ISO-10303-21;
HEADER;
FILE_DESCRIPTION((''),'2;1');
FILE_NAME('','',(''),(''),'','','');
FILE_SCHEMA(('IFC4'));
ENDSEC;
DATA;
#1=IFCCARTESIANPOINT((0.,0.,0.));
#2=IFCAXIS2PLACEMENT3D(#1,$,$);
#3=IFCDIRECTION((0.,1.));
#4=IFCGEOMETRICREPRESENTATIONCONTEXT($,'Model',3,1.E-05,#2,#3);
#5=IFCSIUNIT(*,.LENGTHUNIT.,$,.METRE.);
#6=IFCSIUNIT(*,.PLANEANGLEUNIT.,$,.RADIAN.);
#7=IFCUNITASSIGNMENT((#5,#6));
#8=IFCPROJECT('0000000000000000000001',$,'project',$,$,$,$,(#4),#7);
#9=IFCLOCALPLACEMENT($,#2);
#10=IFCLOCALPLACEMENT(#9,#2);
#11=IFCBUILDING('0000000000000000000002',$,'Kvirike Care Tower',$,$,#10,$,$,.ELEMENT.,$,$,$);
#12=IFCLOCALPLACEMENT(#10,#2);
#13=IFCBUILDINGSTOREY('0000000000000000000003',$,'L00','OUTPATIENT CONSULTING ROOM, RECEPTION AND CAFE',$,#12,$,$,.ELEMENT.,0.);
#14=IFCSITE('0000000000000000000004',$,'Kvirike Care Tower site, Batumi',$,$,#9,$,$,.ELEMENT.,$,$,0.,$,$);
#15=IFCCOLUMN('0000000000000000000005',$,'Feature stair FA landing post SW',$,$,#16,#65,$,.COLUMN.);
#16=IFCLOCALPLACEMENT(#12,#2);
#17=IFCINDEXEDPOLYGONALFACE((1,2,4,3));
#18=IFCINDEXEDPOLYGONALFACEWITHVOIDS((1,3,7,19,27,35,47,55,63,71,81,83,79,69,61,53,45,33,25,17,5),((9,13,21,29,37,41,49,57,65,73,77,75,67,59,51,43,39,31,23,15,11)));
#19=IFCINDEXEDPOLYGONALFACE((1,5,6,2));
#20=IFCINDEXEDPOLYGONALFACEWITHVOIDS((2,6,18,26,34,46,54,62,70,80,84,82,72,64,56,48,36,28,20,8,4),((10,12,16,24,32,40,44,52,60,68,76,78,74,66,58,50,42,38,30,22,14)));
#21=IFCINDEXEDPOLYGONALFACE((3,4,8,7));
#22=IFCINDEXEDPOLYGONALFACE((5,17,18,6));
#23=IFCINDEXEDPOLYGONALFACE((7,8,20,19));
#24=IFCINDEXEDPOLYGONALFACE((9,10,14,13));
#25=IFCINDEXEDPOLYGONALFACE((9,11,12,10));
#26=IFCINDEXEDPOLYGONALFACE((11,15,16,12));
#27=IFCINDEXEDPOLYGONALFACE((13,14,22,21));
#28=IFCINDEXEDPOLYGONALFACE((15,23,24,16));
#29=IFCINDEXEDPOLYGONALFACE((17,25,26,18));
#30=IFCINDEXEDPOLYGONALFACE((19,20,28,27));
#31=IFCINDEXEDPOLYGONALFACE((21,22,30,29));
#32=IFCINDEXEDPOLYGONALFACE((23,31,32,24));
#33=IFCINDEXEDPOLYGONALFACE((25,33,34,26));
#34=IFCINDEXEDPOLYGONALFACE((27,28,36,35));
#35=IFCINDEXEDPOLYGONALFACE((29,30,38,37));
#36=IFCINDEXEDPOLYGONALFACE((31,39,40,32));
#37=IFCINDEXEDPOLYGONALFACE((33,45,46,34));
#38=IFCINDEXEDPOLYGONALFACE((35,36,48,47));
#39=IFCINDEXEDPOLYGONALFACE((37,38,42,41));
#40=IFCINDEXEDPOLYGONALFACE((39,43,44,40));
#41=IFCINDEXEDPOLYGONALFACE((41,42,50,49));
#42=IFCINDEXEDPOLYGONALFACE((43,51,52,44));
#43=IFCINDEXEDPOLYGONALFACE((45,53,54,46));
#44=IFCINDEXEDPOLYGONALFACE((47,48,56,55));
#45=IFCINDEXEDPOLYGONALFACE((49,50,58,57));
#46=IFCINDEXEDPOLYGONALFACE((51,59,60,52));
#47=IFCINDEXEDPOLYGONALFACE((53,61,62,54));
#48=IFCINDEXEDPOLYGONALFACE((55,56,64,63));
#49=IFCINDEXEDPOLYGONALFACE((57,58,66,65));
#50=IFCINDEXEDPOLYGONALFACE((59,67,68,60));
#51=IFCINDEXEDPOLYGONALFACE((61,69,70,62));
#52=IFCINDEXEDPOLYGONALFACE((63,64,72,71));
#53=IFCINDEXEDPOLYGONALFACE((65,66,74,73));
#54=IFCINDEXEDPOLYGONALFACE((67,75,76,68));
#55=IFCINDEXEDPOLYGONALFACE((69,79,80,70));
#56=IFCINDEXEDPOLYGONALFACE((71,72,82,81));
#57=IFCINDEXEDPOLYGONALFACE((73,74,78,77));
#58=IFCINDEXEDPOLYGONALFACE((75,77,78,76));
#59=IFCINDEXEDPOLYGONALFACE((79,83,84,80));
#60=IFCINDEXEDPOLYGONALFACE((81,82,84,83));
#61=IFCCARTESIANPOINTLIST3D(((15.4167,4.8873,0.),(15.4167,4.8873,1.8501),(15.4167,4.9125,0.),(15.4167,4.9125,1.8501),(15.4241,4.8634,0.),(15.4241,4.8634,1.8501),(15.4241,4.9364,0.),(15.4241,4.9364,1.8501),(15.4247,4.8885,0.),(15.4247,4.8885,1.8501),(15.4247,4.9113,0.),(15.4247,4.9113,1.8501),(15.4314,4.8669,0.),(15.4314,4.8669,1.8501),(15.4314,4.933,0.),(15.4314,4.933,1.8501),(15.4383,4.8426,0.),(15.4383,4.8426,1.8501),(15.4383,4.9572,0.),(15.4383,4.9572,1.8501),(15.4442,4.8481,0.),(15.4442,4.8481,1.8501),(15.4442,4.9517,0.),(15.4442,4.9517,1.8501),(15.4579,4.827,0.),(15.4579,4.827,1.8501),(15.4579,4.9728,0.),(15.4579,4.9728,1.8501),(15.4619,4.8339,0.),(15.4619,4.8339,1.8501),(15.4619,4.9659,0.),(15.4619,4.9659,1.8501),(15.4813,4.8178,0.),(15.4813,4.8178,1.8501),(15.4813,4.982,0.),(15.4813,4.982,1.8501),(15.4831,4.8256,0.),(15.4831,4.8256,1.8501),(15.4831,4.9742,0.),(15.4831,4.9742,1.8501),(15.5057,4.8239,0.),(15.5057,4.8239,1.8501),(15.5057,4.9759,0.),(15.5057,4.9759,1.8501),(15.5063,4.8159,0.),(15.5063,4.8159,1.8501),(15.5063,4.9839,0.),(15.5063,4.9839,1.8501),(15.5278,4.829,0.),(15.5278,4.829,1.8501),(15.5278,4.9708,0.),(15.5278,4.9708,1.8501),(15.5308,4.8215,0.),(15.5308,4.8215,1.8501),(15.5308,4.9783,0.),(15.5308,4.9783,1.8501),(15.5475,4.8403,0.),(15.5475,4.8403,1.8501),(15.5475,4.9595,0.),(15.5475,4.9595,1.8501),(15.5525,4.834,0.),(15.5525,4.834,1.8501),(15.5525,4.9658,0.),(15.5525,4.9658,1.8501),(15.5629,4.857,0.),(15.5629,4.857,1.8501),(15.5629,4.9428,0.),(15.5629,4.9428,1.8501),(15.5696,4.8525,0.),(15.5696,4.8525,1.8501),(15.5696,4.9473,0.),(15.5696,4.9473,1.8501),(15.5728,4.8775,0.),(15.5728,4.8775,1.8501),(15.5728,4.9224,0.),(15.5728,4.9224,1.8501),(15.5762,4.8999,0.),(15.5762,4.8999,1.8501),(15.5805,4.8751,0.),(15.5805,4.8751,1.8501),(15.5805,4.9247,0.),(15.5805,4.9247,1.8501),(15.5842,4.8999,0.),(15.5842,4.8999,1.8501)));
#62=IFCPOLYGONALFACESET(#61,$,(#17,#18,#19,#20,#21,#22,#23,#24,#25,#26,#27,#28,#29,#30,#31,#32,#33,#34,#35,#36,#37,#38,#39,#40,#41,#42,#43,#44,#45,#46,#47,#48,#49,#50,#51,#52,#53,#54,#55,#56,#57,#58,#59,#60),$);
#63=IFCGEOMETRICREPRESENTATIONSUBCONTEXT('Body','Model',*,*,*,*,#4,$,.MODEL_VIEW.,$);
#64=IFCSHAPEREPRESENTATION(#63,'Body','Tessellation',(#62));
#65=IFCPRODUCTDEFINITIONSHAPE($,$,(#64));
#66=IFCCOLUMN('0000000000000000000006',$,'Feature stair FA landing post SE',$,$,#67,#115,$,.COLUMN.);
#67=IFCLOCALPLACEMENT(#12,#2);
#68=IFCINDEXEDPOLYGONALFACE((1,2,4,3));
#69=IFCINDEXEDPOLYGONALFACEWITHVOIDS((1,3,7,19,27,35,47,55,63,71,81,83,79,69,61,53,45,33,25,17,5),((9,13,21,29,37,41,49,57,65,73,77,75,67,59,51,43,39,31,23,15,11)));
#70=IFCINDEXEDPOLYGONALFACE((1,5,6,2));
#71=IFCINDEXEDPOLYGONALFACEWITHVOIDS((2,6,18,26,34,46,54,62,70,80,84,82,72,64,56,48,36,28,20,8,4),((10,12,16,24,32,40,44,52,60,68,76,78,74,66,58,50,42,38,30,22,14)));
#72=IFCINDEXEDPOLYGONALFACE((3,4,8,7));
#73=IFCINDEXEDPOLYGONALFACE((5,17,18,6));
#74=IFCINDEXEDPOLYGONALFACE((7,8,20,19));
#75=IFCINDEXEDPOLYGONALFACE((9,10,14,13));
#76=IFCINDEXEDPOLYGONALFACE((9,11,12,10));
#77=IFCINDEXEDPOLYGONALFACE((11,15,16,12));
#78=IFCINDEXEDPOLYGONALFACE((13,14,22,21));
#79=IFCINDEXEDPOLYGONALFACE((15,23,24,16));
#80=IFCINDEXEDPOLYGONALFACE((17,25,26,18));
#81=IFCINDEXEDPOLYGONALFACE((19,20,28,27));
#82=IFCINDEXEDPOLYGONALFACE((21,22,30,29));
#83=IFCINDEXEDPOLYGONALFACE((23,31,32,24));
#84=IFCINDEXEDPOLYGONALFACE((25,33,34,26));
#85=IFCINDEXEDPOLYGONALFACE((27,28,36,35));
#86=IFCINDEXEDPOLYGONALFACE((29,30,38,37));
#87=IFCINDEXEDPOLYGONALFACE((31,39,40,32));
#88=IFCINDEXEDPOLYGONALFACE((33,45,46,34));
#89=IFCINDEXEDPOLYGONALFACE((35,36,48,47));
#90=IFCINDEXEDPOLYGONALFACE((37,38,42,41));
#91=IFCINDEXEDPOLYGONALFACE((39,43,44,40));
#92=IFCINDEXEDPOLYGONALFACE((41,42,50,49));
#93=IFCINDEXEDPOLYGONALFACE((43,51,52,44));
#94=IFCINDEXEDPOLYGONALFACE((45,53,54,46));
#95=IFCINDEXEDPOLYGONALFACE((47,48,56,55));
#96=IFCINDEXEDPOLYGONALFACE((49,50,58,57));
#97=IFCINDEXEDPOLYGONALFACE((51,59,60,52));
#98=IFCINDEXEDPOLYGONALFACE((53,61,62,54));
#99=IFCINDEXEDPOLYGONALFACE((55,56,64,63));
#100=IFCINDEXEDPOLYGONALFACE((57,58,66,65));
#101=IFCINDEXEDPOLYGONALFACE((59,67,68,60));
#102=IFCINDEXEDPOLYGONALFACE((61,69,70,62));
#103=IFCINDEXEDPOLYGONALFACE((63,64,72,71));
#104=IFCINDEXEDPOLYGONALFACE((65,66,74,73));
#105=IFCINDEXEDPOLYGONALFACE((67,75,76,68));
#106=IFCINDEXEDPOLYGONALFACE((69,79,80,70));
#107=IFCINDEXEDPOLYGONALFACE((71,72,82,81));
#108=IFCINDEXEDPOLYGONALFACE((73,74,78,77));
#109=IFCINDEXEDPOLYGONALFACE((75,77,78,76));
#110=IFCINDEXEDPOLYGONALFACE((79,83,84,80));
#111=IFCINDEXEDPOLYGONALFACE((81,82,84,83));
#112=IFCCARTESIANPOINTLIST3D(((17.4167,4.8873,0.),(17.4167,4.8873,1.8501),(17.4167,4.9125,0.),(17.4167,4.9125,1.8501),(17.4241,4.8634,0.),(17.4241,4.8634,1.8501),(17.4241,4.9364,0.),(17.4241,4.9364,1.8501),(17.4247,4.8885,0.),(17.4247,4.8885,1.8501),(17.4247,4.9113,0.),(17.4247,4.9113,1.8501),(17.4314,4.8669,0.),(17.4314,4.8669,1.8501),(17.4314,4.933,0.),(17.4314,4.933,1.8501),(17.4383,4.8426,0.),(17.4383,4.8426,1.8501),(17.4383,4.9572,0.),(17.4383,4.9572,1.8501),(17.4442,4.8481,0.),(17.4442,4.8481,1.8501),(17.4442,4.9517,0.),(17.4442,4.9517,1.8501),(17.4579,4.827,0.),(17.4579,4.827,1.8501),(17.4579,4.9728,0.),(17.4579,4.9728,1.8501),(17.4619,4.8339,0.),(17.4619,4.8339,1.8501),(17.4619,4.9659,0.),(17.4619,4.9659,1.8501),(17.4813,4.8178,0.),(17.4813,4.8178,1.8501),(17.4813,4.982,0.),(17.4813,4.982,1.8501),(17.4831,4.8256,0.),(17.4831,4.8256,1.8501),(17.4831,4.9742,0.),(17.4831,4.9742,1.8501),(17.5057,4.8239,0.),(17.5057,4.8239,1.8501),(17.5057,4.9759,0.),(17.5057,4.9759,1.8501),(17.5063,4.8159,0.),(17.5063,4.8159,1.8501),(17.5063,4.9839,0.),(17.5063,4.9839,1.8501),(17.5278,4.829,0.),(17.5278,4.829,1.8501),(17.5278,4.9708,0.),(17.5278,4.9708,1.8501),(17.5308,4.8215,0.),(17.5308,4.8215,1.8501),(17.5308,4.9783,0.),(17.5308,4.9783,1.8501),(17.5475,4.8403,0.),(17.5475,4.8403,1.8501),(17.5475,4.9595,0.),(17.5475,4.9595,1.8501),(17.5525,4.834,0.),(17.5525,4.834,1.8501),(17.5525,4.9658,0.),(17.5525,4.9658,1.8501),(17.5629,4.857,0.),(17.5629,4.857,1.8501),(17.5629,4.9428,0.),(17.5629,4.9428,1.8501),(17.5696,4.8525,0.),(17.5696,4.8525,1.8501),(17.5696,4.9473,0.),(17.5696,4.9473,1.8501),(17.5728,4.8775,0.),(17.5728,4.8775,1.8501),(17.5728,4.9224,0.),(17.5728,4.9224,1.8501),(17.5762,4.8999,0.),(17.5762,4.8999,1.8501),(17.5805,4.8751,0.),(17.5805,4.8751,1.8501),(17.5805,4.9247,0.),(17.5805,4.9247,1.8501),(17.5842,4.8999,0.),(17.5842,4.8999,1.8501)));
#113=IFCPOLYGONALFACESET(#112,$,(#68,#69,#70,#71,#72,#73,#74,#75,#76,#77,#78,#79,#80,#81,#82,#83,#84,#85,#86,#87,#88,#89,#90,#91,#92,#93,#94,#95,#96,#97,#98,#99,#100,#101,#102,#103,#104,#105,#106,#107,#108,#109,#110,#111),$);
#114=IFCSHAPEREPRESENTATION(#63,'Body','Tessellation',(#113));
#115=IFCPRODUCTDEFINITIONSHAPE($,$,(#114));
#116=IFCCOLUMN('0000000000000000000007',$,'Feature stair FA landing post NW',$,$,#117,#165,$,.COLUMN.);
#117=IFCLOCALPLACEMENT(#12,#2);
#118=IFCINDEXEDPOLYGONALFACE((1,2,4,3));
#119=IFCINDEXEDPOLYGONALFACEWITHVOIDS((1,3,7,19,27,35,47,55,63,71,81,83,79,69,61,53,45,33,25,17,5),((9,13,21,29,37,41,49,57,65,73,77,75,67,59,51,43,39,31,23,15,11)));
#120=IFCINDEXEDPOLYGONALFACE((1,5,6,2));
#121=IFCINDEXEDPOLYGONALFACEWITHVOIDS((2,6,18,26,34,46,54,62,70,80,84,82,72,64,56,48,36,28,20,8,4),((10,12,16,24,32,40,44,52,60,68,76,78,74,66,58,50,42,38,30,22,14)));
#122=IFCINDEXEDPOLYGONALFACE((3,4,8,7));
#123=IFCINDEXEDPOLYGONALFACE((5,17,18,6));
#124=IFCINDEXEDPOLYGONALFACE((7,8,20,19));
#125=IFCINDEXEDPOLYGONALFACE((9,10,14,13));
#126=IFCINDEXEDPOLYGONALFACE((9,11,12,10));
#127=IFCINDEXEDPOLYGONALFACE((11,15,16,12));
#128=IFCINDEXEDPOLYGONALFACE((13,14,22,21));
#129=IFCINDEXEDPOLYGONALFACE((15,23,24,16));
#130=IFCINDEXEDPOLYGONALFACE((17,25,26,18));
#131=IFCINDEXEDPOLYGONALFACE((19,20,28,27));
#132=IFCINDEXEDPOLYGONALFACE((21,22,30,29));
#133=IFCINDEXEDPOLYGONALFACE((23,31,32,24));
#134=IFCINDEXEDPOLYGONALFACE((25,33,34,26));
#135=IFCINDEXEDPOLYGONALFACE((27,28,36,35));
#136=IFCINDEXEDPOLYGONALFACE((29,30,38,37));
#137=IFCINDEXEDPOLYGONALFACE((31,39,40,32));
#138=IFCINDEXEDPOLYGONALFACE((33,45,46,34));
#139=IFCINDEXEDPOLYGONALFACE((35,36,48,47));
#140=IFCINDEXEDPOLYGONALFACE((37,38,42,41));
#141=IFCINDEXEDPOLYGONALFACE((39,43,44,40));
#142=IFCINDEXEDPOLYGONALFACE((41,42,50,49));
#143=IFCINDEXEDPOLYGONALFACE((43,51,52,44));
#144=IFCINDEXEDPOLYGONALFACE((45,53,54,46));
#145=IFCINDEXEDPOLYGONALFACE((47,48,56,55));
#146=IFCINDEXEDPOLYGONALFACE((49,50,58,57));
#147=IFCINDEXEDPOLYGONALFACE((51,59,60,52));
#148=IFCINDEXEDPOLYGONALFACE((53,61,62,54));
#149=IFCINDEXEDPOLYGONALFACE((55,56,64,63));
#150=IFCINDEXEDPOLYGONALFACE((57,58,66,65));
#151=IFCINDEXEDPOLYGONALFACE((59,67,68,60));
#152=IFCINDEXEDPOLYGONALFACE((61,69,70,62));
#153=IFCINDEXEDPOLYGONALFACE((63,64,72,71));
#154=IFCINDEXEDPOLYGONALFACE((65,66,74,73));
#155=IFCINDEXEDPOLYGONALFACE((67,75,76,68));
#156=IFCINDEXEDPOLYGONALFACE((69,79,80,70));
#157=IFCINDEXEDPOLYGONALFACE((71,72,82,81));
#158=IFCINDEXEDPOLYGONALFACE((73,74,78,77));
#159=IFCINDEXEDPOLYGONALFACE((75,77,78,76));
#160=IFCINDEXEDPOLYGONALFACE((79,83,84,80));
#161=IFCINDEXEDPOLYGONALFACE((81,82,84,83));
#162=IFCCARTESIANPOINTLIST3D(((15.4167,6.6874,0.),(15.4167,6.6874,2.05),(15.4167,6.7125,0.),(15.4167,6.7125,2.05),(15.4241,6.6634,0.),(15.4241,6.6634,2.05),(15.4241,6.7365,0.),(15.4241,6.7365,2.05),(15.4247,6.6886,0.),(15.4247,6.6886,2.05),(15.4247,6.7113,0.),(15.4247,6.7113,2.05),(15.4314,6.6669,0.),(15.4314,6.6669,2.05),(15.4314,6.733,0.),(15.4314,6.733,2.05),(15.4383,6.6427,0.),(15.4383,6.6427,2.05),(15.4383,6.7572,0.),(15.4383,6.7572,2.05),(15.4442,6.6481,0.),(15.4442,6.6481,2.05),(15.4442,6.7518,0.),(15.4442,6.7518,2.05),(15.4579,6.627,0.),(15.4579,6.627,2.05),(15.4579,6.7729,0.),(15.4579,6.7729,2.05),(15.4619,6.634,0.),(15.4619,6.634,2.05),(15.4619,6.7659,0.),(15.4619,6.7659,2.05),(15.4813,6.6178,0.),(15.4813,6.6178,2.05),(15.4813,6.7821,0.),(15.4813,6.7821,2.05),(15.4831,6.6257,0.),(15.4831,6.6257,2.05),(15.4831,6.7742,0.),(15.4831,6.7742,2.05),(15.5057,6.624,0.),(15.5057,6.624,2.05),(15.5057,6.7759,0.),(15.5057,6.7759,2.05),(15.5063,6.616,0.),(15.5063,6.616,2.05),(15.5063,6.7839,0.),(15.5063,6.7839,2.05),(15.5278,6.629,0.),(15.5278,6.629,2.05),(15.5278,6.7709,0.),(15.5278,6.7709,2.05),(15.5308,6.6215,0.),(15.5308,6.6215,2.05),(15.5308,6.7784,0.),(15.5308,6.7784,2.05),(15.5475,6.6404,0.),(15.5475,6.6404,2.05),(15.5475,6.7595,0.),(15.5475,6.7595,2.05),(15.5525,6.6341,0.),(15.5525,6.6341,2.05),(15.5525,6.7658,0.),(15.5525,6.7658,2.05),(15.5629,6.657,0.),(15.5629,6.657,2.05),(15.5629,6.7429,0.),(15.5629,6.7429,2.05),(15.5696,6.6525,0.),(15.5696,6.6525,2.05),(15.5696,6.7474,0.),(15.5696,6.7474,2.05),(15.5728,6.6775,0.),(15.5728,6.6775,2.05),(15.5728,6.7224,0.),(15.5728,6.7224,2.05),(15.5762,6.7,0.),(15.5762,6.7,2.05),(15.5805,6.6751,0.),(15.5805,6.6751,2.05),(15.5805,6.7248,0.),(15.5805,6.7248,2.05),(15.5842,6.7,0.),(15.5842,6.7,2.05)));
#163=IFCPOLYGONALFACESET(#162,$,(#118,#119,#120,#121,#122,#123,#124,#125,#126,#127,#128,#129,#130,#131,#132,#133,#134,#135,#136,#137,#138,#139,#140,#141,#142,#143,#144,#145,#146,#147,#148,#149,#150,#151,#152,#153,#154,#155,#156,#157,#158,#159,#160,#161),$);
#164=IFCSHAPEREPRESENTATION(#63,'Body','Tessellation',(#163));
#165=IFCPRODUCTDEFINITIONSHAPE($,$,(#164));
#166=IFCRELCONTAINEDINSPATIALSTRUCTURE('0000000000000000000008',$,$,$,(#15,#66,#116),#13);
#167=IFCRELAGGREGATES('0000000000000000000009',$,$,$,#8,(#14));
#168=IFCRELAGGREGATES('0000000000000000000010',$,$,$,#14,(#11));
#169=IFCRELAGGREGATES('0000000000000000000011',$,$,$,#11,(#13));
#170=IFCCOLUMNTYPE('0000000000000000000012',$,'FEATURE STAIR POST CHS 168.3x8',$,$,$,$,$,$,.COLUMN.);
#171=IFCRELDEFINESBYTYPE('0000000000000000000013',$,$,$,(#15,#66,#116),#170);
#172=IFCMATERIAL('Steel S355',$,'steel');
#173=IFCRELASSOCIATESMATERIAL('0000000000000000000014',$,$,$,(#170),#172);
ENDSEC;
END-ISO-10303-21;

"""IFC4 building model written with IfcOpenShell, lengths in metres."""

from ifc_helpers import new_model, si_unit, direction, frame, origin, origin_2d, place, context, subcontext, project, spatial, hollow_circle, extrude, material, material_profile, profile_set, type_object, element, save


model = new_model("IFC4")

# Units and contexts
model_context = context("Model", 3, precision=1e-05, world=origin(), true_north=direction((0.0, 1.0)))
body_context = subcontext(model_context, "Body", "Model", "MODEL_VIEW")
ifc_project = project(units=[si_unit("LENGTHUNIT", "METRE"), si_unit("PLANEANGLEUNIT", "RADIAN")], contexts=[model_context])

# Site, building, storey
site_placement = place(None, origin())
site = spatial("IfcSite", under=ifc_project, at=site_placement, Name="Kvirike Care Tower site, Batumi", CompositionType="ELEMENT", RefElevation=0.0)
building_placement = place(site_placement, origin())
building = spatial("IfcBuilding", under=site, at=building_placement, Name="Kvirike Care Tower", CompositionType="ELEMENT")
storey_placement = place(building_placement, origin())
storey = spatial("IfcBuildingStorey", under=building, at=storey_placement, Name="L00", Description="OUTPATIENT CONSULTING ROOM, RECEPTION AND CAFE", CompositionType="ELEMENT", Elevation=0.0)

# Columns
ifc_material_1 = material(Name="Steel S355", Category="steel")
ifc_material_profile_1 = material_profile(ifc_material_1, hollow_circle(Radius=0.0842, WallThickness=0.0081, at=origin_2d()), Name="CHS 168.3x8")
ifc_profile_set_1 = profile_set([ifc_material_profile_1], Name="Steel S355")
column_type_1 = type_object("IfcColumnType", Name="FEATURE STAIR POST CHS 168.3x8", PredefinedType="COLUMN", material=ifc_profile_set_1)
for number, where, z_axis, x_axis, name in (
    (1, (15.5, 4.8999, 0.0), (0.0, 0.0, 1.0), (1.0, 0.0, 0.0), "Feature stair FA landing post SW"),
    (2, (17.5, 4.8999, 0.0), (0.0, 0.0, 1.0), (1.0, 0.0, 0.0), "Feature stair FA landing post SE"),
):
    element("IfcColumn", number, at=place(storey_placement, frame(where, z_axis=z_axis, x_axis=x_axis)), inside=storey, type_object=column_type_1, Name=name, PredefinedType="COLUMN", context=body_context, shape_type="SweptSolid", body=[
        extrude(hollow_circle(Radius=0.0842, WallThickness=0.0081, at=origin_2d()), origin(), (0.0, 0.0, 1.0), 1.8501),
    ])
for number, where, z_axis, x_axis, name in (
    (3, (15.5, 6.7, 0.0), (0.0, 0.0, 1.0), (1.0, 0.0, 0.0), "Feature stair FA landing post NW"),
):
    element("IfcColumn", number, at=place(storey_placement, frame(where, z_axis=z_axis, x_axis=x_axis)), inside=storey, type_object=column_type_1, Name=name, PredefinedType="COLUMN", context=body_context, shape_type="SweptSolid", body=[
        extrude(hollow_circle(Radius=0.0842, WallThickness=0.0081, at=origin_2d()), origin(), (0.0, 0.0, 1.0), 2.05),
    ])

save(model, "model.ifc")
